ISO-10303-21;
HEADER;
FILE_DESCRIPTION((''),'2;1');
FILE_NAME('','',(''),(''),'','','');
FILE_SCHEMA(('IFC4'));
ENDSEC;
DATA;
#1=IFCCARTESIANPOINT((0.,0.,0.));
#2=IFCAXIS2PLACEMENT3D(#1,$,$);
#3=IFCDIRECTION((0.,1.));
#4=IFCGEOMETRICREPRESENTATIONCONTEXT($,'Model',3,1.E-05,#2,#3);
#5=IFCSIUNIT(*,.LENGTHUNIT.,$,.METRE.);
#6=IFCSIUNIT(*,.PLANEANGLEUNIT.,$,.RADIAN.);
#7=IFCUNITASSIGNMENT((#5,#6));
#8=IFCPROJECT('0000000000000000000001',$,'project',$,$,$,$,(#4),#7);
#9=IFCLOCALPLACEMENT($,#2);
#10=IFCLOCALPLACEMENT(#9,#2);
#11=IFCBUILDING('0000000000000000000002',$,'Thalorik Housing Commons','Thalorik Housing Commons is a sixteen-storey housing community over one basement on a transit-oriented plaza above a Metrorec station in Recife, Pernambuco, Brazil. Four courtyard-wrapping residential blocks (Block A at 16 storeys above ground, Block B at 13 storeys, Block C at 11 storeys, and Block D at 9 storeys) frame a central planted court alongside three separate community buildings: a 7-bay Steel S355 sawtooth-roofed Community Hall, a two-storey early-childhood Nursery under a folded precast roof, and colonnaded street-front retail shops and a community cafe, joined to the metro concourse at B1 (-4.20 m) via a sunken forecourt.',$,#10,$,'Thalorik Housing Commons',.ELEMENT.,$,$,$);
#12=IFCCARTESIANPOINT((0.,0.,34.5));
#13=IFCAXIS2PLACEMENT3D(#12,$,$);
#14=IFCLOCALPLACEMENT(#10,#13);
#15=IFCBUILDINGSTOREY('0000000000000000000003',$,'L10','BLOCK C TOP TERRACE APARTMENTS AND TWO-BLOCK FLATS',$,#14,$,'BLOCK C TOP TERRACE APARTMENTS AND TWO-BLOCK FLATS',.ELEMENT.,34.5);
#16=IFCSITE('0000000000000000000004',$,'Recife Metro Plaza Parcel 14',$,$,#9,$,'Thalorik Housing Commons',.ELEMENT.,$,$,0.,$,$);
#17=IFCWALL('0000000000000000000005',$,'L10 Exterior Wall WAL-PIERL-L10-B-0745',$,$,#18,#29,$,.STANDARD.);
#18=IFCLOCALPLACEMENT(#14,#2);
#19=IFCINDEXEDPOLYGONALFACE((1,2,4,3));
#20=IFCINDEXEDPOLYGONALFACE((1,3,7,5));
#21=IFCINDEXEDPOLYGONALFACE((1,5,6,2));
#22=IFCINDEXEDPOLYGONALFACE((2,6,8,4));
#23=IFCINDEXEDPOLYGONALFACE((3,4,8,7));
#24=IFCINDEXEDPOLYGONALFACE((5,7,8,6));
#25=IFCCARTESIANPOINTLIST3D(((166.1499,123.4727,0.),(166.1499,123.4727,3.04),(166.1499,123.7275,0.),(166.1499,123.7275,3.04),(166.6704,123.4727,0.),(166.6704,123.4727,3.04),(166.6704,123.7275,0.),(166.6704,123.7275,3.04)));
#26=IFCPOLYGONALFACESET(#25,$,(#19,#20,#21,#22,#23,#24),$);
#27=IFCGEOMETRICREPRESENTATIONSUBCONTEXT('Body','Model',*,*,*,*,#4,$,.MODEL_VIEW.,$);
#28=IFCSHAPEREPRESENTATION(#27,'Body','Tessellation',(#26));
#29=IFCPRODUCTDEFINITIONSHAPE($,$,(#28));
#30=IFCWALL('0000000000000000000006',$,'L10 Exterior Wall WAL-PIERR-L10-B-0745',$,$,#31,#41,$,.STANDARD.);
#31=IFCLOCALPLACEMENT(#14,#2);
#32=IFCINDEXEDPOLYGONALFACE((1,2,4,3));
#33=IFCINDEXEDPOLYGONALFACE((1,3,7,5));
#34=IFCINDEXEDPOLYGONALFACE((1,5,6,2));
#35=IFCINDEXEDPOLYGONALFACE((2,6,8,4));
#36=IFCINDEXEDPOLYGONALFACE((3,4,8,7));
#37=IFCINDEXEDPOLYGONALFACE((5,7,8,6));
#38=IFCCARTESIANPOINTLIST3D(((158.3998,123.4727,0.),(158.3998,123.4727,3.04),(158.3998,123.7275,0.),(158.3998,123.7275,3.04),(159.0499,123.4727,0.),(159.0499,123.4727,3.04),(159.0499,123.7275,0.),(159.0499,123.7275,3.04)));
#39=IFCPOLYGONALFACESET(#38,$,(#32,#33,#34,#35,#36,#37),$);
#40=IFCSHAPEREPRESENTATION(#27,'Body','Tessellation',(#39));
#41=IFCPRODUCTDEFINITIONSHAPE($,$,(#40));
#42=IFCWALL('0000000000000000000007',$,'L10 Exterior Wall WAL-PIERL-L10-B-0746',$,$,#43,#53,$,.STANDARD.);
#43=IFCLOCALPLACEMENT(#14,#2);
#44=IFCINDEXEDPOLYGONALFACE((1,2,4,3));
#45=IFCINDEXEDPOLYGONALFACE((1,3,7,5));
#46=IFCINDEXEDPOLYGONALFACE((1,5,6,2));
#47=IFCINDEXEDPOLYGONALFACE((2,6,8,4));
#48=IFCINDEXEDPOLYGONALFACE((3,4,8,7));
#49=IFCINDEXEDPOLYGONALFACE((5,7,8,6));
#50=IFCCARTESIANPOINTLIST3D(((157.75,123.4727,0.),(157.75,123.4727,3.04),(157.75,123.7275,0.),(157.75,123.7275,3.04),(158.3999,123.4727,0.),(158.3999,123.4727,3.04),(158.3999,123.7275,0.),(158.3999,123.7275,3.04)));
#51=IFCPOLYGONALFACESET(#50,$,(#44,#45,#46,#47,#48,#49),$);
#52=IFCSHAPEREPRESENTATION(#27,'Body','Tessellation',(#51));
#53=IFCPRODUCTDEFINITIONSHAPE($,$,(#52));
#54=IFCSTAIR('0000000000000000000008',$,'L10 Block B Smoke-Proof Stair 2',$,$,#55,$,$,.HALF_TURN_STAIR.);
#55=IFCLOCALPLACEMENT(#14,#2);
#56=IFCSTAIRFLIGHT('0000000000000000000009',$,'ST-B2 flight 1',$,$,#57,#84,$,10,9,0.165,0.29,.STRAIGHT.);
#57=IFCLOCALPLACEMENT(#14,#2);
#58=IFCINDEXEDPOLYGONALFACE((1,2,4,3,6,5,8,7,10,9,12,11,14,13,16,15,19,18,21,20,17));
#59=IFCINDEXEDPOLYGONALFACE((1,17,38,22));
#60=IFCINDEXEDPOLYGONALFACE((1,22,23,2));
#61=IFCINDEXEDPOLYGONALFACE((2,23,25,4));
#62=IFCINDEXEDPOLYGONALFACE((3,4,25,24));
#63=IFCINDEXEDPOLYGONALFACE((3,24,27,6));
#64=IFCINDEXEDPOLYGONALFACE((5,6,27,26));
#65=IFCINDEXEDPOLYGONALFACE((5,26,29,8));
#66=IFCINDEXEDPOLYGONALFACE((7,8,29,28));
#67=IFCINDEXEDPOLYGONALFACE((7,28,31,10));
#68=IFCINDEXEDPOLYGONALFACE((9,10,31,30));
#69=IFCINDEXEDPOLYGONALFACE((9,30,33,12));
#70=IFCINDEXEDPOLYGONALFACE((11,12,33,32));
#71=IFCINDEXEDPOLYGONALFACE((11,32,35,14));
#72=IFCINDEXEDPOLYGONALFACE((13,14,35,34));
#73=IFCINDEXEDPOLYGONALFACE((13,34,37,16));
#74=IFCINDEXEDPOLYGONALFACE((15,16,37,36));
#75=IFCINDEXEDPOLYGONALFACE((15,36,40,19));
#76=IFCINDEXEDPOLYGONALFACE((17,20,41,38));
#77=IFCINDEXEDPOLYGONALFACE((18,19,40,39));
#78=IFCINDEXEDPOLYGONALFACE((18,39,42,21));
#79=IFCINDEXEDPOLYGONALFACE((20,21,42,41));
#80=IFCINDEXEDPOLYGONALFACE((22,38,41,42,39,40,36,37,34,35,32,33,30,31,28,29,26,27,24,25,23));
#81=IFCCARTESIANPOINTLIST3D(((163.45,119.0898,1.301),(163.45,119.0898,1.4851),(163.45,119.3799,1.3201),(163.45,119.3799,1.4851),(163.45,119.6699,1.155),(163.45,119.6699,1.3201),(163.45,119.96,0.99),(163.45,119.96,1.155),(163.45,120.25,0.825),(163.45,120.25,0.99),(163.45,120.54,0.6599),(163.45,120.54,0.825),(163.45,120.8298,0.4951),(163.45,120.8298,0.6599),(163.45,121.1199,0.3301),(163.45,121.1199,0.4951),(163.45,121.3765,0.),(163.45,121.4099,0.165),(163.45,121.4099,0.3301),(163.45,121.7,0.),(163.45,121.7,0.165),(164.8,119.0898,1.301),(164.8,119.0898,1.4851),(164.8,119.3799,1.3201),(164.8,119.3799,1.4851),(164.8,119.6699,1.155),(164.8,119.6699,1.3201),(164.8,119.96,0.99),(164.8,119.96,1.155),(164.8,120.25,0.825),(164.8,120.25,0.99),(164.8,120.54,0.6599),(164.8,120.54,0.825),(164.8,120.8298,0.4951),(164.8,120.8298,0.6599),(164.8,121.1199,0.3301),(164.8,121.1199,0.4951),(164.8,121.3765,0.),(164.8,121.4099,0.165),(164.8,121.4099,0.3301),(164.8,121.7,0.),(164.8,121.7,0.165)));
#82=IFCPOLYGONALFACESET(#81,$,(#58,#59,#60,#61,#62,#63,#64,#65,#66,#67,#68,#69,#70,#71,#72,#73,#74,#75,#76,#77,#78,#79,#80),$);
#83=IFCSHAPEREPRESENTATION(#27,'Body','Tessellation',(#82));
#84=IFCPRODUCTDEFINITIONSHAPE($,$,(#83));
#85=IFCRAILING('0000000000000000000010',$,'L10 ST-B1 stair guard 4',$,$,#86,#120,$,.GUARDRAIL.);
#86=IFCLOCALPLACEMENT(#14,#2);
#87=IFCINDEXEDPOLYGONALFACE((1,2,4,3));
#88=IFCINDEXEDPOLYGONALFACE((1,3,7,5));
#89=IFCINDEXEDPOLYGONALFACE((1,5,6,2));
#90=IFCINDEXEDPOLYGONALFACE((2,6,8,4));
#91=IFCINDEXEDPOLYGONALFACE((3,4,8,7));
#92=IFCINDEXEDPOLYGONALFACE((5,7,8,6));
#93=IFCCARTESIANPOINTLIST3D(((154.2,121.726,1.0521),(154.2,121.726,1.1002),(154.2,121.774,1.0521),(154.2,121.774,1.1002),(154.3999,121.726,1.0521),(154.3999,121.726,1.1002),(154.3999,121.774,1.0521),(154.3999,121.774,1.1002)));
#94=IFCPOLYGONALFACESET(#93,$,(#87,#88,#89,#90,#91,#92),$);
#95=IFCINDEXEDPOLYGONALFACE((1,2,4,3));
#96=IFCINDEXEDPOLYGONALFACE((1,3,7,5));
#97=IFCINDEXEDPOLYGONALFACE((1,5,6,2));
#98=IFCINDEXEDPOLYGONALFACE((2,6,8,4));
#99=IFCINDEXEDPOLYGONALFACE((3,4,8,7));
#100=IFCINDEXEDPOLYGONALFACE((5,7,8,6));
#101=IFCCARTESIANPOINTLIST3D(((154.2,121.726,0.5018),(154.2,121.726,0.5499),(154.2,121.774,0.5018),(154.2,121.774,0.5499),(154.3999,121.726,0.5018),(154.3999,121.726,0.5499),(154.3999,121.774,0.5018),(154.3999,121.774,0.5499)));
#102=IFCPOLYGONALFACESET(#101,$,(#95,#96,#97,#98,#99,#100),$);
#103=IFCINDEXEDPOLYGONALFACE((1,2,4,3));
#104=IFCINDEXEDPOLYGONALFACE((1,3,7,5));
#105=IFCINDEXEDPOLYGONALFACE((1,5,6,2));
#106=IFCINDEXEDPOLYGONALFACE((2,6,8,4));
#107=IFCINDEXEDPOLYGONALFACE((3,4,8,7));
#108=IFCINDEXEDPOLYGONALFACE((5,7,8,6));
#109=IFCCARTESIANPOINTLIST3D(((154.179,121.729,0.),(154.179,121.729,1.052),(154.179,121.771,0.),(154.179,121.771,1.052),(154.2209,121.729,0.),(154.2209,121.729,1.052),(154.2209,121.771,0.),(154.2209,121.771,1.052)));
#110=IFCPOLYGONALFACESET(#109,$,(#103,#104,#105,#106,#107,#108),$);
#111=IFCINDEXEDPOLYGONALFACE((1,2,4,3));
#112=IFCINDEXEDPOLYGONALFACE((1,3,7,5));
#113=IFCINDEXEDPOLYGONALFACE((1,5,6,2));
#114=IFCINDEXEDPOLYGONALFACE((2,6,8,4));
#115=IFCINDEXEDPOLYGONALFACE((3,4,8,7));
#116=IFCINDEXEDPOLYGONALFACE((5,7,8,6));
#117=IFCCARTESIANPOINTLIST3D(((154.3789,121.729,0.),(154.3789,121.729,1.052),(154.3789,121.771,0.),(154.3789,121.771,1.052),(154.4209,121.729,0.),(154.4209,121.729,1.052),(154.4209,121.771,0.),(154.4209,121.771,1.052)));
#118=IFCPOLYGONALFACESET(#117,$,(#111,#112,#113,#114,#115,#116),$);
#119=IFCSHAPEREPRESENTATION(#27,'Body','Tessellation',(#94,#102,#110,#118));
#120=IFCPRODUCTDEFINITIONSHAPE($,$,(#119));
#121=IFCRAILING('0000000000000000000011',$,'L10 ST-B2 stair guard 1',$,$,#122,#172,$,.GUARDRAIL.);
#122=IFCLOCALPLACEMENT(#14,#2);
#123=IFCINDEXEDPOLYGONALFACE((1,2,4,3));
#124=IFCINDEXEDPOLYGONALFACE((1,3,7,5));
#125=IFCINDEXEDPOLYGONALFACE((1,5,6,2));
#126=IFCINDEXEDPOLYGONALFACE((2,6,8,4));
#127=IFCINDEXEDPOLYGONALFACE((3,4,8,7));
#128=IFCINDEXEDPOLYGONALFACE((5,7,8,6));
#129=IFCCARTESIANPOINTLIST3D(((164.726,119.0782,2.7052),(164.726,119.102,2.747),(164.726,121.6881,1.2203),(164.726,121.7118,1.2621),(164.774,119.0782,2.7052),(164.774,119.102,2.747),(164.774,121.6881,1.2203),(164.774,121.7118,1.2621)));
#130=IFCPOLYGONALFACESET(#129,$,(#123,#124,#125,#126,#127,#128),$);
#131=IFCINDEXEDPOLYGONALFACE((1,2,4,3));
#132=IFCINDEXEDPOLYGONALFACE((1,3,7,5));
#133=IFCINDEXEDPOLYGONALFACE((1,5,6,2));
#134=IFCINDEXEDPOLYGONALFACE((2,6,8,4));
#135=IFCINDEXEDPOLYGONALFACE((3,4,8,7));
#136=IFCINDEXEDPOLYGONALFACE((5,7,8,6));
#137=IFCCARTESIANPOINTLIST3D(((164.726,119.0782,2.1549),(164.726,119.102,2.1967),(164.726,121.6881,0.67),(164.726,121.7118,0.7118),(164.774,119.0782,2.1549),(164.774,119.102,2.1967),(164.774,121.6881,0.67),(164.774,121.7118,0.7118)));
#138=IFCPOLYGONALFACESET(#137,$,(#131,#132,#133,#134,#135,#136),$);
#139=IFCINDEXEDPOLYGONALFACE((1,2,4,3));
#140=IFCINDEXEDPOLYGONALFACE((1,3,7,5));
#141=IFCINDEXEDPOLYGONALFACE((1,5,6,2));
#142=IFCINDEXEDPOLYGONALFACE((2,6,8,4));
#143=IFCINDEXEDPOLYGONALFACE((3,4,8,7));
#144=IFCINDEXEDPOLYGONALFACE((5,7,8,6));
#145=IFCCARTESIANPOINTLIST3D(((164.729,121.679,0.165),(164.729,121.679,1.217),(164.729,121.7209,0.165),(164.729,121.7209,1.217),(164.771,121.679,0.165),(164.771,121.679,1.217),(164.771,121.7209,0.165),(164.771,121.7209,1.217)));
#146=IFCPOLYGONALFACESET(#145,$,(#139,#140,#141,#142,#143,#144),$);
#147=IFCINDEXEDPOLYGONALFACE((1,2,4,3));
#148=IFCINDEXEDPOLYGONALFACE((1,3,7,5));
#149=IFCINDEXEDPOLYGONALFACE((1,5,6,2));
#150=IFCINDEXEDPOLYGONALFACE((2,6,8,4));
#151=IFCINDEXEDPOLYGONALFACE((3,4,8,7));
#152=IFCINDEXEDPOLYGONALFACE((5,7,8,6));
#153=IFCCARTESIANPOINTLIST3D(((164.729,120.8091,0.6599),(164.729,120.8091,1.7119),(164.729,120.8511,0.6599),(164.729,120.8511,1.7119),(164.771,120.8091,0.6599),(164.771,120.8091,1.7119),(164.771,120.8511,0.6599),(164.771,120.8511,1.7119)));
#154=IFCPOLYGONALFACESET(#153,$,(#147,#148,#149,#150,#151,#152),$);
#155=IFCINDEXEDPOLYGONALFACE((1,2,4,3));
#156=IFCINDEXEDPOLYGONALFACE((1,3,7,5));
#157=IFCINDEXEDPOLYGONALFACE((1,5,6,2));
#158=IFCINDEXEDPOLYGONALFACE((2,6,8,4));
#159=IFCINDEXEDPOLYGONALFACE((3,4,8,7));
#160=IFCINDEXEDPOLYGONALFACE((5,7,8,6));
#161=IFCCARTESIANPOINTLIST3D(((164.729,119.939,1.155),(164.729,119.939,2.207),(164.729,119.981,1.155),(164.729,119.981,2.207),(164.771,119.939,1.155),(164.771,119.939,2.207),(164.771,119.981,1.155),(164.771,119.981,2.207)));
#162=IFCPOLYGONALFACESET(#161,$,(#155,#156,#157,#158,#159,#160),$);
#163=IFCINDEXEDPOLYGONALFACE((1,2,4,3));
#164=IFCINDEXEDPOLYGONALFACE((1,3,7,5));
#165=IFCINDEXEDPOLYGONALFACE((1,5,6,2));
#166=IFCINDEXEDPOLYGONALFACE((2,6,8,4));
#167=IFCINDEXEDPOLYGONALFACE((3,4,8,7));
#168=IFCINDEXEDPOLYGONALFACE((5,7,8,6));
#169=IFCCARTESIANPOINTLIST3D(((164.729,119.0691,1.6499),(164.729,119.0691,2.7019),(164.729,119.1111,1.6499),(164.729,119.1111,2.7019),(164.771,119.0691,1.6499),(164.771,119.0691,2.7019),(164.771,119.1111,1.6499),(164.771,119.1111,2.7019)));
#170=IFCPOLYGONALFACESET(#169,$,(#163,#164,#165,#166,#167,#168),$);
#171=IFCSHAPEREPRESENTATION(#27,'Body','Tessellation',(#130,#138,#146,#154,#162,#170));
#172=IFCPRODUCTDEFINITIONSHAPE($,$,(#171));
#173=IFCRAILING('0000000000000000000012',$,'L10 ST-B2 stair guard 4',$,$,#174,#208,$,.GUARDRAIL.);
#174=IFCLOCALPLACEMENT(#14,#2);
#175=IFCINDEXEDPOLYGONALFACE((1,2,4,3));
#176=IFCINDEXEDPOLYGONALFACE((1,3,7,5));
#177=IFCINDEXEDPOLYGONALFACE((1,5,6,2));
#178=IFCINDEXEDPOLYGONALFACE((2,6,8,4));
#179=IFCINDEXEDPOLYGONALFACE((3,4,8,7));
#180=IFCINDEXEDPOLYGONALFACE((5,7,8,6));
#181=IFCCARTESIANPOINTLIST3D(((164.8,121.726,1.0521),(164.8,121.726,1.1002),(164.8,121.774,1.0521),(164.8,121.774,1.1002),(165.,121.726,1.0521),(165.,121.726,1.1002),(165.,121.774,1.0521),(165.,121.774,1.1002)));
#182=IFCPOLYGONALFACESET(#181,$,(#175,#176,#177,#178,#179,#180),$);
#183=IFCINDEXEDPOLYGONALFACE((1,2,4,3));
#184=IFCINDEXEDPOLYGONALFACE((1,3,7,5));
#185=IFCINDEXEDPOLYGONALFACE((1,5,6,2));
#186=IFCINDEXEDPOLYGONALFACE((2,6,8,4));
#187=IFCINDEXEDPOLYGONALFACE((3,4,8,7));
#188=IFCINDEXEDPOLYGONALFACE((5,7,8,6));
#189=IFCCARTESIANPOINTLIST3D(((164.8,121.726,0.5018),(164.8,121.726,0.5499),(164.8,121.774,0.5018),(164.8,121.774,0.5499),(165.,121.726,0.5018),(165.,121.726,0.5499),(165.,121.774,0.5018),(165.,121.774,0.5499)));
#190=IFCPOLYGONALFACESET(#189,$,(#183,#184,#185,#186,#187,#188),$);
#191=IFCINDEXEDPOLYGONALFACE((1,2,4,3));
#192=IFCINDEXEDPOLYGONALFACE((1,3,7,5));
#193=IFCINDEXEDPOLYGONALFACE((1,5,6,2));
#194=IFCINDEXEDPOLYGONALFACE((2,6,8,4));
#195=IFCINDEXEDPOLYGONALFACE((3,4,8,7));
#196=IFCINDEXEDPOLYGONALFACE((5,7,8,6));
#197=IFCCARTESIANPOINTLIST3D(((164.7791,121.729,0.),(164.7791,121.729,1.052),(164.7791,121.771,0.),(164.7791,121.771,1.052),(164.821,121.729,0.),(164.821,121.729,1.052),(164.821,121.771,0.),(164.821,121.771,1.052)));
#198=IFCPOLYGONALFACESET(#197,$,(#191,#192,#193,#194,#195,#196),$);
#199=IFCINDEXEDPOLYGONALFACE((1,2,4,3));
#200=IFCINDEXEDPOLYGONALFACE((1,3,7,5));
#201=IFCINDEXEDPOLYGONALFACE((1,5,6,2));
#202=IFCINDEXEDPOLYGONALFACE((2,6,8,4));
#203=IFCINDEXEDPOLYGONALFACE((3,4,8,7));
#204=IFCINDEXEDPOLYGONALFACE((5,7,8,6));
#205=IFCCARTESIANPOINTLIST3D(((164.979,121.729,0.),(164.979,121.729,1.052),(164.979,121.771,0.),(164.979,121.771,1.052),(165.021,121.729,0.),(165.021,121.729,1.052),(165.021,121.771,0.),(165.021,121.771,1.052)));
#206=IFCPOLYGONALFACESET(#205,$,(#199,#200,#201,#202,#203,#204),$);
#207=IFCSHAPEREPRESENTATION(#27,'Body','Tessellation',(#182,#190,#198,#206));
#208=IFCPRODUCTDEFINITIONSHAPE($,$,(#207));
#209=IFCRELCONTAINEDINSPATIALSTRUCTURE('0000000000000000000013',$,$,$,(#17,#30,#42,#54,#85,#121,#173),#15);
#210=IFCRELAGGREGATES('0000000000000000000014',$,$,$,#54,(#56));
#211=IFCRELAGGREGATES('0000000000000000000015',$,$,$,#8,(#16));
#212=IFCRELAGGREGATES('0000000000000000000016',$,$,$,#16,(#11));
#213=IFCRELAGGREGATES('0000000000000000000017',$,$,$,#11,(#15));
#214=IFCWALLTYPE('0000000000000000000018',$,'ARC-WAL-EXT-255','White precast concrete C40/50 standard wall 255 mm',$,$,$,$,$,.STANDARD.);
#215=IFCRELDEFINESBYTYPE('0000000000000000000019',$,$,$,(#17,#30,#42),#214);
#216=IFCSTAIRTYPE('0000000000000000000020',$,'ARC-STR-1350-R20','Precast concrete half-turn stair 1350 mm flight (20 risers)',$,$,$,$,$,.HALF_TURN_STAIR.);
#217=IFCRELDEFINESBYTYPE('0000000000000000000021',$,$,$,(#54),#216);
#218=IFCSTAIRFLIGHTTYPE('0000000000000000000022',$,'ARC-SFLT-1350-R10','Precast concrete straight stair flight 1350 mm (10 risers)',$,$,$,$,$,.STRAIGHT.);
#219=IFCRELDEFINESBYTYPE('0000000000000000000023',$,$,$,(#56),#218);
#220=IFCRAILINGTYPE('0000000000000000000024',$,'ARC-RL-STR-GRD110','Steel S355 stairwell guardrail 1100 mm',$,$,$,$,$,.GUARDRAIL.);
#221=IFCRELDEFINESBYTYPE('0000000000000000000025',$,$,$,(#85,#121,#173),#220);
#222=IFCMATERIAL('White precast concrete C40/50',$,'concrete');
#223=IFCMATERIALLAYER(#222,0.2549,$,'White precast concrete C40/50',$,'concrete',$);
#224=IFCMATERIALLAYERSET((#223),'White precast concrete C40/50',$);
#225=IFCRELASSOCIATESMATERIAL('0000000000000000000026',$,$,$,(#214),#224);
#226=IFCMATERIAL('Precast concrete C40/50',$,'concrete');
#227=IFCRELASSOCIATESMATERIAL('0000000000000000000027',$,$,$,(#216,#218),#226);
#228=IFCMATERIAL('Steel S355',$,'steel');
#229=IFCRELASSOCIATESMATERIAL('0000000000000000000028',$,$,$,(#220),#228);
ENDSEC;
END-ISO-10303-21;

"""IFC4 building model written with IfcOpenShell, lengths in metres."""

from ifc_helpers import new_model, si_unit, direction, frame, frame_2d, origin, origin_2d, place, context, subcontext, project, spatial, polyline, rectangle, outline, extrude, material, layer, layer_set, type_object, element, aggregate, save


model = new_model("IFC4")

# Units and contexts
model_context = context("Model", 3, precision=1e-05, world=origin(), true_north=direction((0.0, 1.0)))
body_context = subcontext(model_context, "Body", "Model", "MODEL_VIEW")
ifc_project = project(units=[si_unit("LENGTHUNIT", "METRE"), si_unit("PLANEANGLEUNIT", "RADIAN")], contexts=[model_context])

# Site, building, storey
site_placement = place(None, origin())
site = spatial("IfcSite", under=ifc_project, at=site_placement, Name="Recife Metro Plaza Parcel 14", LongName="Thalorik Housing Commons", CompositionType="ELEMENT", RefElevation=0.0)
building_placement = place(site_placement, origin())
building = spatial("IfcBuilding", under=site, at=building_placement, Name="Thalorik Housing Commons", Description="Thalorik Housing Commons is a sixteen-storey housing community over one basement on a transit-oriented plaza above a Metrorec station in Recife, Pernambuco, Brazil. Four courtyard-wrapping residential blocks (Block A at 16 storeys above ground, Block B at 13 storeys, Block C at 11 storeys, and Block D at 9 storeys) frame a central planted court alongside three separate community buildings: a 7-bay Steel S355 sawtooth-roofed Community Hall, a two-storey early-childhood Nursery under a folded precast roof, and colonnaded street-front retail shops and a community cafe, joined to the metro concourse at B1 (-4.20 m) via a sunken forecourt.", LongName="Thalorik Housing Commons", CompositionType="ELEMENT")
storey_placement = place(building_placement, frame((0.0, 0.0, 34.5)))
storey = spatial("IfcBuildingStorey", under=building, at=storey_placement, Name="L10", Description="BLOCK C TOP TERRACE APARTMENTS AND TWO-BLOCK FLATS", LongName="BLOCK C TOP TERRACE APARTMENTS AND TWO-BLOCK FLATS", CompositionType="ELEMENT", Elevation=34.5)

# Shared definitions
ifc_material_1 = material(Name="Precast concrete C40/50", Category="concrete")

# Shared definitions
ifc_material_2 = material(Name="Steel S355", Category="steel")

# Walls
ifc_material_3 = material(Name="White precast concrete C40/50", Category="concrete")
ifc_layer_1 = layer(ifc_material_3, 0.2549, Name="White precast concrete C40/50", Category="concrete")
ifc_layer_set_1 = layer_set([ifc_layer_1], Name="White precast concrete C40/50")
wall_type_1 = type_object("IfcWallType", Name="ARC-WAL-EXT-255", Description="White precast concrete C40/50 standard wall 255 mm", PredefinedType="STANDARD", material=ifc_layer_set_1)
wall_1_placement = place(storey_placement, frame((166.6704, 123.6001, 0.0), z_axis=(0.0, 0.0, 1.0), x_axis=(-1.0, 0.0, 0.0)))
element("IfcWall", 1, at=wall_1_placement, inside=storey, type_object=wall_type_1, Name="L10 Exterior Wall WAL-PIERL-L10-B-0745", PredefinedType="STANDARD", context=body_context, shape_type="SweptSolid", body=[
    extrude(rectangle(XDim=0.5205, YDim=0.2549, at=frame_2d((0.2603, 0.0))), origin(), (0.0, 0.0, 1.0), 3.04),
])
wall_2_placement = place(storey_placement, frame((159.05, 123.6001, 0.0), z_axis=(0.0, 0.0, 1.0), x_axis=(-1.0, 0.0, 0.0)))
element("IfcWall", 2, at=wall_2_placement, inside=storey, type_object=wall_type_1, Name="L10 Exterior Wall WAL-PIERR-L10-B-0745", PredefinedType="STANDARD", context=body_context, shape_type="SweptSolid", body=[
    extrude(rectangle(XDim=0.6501, YDim=0.2549, at=frame_2d((0.3252, 0.0))), origin(), (0.0, 0.0, 1.0), 3.04),
])
wall_3_placement = place(storey_placement, frame((158.3999, 123.6001, 0.0), z_axis=(0.0, 0.0, 1.0), x_axis=(-1.0, 0.0, 0.0)))
element("IfcWall", 3, at=wall_3_placement, inside=storey, type_object=wall_type_1, Name="L10 Exterior Wall WAL-PIERL-L10-B-0746", PredefinedType="STANDARD", context=body_context, shape_type="SweptSolid", body=[
    extrude(rectangle(XDim=0.6499, YDim=0.2549, at=frame_2d((0.325, 0.0))), origin(), (0.0, 0.0, 1.0), 3.04),
])

# Stair, stair flight
stair_type = type_object("IfcStairType", Name="ARC-STR-1350-R20", Description="Precast concrete half-turn stair 1350 mm flight (20 risers)", PredefinedType="HALF_TURN_STAIR", material=ifc_material_1)
stair_placement = place(storey_placement, origin())
stair = element("IfcStair", 4, at=stair_placement, inside=storey, type_object=stair_type, Name="L10 Block B Smoke-Proof Stair 2", PredefinedType="HALF_TURN_STAIR")
stair_flight_type = type_object("IfcStairFlightType", Name="ARC-SFLT-1350-R10", Description="Precast concrete straight stair flight 1350 mm (10 risers)", PredefinedType="STRAIGHT", material=ifc_material_1)
stair_flight_placement = place(storey_placement, frame((164.125, 121.7, 0.0), z_axis=(0.0, 0.0, 1.0), x_axis=(0.0, -1.0, 0.0)))
stair_flight = element("IfcStairFlight", 5, at=stair_flight_placement, type_object=stair_flight_type, Name="ST-B2 flight 1", NumberOfRisers=10, NumberOfTreads=9, PredefinedType="STRAIGHT", RiserHeight=0.165, TreadLength=0.29, context=body_context, shape_type="SweptSolid", body=[
    extrude(outline(polyline([(0.0, 0.0), (0.0, 0.165), (0.29, 0.165), (0.29, 0.3301), (0.5801, 0.3301), (0.5801, 0.4951), (0.8701, 0.4951), (0.8701, 0.6599), (1.1599, 0.6599), (1.1599, 0.825), (1.45, 0.825), (1.45, 0.99), (1.74, 0.99), (1.74, 1.155), (2.03, 1.155), (2.03, 1.3201), (2.3201, 1.3201), (2.3201, 1.4851), (2.6101, 1.4851), (2.6101, 1.6499), (2.6101, 1.301), (0.3235, 0.0), (0.0, 0.0)])), frame((0.0, 0.675, 0.0), z_axis=(0.0, -1.0, 0.0), x_axis=(1.0, 0.0, 0.0)), (0.0, 0.0, 1.0), 1.3501),
])
aggregate(stair, [stair_flight])

# Railings
railing_type = type_object("IfcRailingType", Name="ARC-RL-STR-GRD110", Description="Steel S355 stairwell guardrail 1100 mm", PredefinedType="GUARDRAIL", material=ifc_material_2)
railing_1_placement = place(storey_placement, frame((154.2, 121.75, 0.0)))
element("IfcRailing", 6, at=railing_1_placement, inside=storey, type_object=railing_type, Name="L10 ST-B1 stair guard 4", PredefinedType="GUARDRAIL", context=body_context, shape_type="SweptSolid", body=[
    extrude(rectangle(XDim=0.0481, YDim=0.0481, at=origin_2d()), frame((0.0, 0.0, 1.0762), z_axis=(1.0, 0.0, 0.0), x_axis=(0.0, 1.0, 0.0)), (0.0, 0.0, 1.0), 0.2),
    extrude(rectangle(XDim=0.0481, YDim=0.0481, at=origin_2d()), frame((0.0, 0.0, 0.5259), z_axis=(1.0, 0.0, 0.0), x_axis=(0.0, 1.0, 0.0)), (0.0, 0.0, 1.0), 0.2),
    extrude(rectangle(XDim=0.042, YDim=0.042, at=origin_2d()), origin(), (0.0, 0.0, 1.0), 1.052),
    extrude(rectangle(XDim=0.042, YDim=0.042, at=origin_2d()), frame((0.2, 0.0, 0.0)), (0.0, 0.0, 1.0), 1.052),
])
railing_2_placement = place(storey_placement, frame((164.75, 121.7, 0.165)))
element("IfcRailing", 7, at=railing_2_placement, inside=storey, type_object=railing_type, Name="L10 ST-B2 stair guard 1", PredefinedType="GUARDRAIL", context=body_context, shape_type="SweptSolid", body=[
    extrude(rectangle(XDim=0.0481, YDim=0.0481, at=origin_2d()), frame((0.0, 0.0, 1.0762), z_axis=(0.0, -0.869172, 0.494509), x_axis=(1.0, 0.0, 0.0)), (0.0, 0.0, 1.0), 3.0027),
    extrude(rectangle(XDim=0.0481, YDim=0.0481, at=origin_2d()), frame((0.0, 0.0, 0.5259), z_axis=(0.0, -0.869172, 0.494509), x_axis=(1.0, 0.0, 0.0)), (0.0, 0.0, 1.0), 3.0027),
    extrude(rectangle(XDim=0.042, YDim=0.042, at=origin_2d()), origin(), (0.0, 0.0, 1.0), 1.052),
    extrude(rectangle(XDim=0.042, YDim=0.042, at=origin_2d()), frame((0.0, -0.8699, 0.4949)), (0.0, 0.0, 1.0), 1.052),
    extrude(rectangle(XDim=0.042, YDim=0.042, at=origin_2d()), frame((0.0, -1.74, 0.99)), (0.0, 0.0, 1.0), 1.052),
    extrude(rectangle(XDim=0.042, YDim=0.042, at=origin_2d()), frame((0.0, -2.6099, 1.4849)), (0.0, 0.0, 1.0), 1.052),
])
railing_3_placement = place(storey_placement, frame((164.8, 121.75, 0.0)))
element("IfcRailing", 8, at=railing_3_placement, inside=storey, type_object=railing_type, Name="L10 ST-B2 stair guard 4", PredefinedType="GUARDRAIL", context=body_context, shape_type="SweptSolid", body=[
    extrude(rectangle(XDim=0.0481, YDim=0.0481, at=origin_2d()), frame((0.0, 0.0, 1.0762), z_axis=(1.0, 0.0, 0.0), x_axis=(0.0, 1.0, 0.0)), (0.0, 0.0, 1.0), 0.2),
    extrude(rectangle(XDim=0.0481, YDim=0.0481, at=origin_2d()), frame((0.0, 0.0, 0.5259), z_axis=(1.0, 0.0, 0.0), x_axis=(0.0, 1.0, 0.0)), (0.0, 0.0, 1.0), 0.2),
    extrude(rectangle(XDim=0.042, YDim=0.042, at=origin_2d()), origin(), (0.0, 0.0, 1.0), 1.052),
    extrude(rectangle(XDim=0.042, YDim=0.042, at=origin_2d()), frame((0.2, 0.0, 0.0)), (0.0, 0.0, 1.0), 1.052),
])

save(model, "model.ifc")
